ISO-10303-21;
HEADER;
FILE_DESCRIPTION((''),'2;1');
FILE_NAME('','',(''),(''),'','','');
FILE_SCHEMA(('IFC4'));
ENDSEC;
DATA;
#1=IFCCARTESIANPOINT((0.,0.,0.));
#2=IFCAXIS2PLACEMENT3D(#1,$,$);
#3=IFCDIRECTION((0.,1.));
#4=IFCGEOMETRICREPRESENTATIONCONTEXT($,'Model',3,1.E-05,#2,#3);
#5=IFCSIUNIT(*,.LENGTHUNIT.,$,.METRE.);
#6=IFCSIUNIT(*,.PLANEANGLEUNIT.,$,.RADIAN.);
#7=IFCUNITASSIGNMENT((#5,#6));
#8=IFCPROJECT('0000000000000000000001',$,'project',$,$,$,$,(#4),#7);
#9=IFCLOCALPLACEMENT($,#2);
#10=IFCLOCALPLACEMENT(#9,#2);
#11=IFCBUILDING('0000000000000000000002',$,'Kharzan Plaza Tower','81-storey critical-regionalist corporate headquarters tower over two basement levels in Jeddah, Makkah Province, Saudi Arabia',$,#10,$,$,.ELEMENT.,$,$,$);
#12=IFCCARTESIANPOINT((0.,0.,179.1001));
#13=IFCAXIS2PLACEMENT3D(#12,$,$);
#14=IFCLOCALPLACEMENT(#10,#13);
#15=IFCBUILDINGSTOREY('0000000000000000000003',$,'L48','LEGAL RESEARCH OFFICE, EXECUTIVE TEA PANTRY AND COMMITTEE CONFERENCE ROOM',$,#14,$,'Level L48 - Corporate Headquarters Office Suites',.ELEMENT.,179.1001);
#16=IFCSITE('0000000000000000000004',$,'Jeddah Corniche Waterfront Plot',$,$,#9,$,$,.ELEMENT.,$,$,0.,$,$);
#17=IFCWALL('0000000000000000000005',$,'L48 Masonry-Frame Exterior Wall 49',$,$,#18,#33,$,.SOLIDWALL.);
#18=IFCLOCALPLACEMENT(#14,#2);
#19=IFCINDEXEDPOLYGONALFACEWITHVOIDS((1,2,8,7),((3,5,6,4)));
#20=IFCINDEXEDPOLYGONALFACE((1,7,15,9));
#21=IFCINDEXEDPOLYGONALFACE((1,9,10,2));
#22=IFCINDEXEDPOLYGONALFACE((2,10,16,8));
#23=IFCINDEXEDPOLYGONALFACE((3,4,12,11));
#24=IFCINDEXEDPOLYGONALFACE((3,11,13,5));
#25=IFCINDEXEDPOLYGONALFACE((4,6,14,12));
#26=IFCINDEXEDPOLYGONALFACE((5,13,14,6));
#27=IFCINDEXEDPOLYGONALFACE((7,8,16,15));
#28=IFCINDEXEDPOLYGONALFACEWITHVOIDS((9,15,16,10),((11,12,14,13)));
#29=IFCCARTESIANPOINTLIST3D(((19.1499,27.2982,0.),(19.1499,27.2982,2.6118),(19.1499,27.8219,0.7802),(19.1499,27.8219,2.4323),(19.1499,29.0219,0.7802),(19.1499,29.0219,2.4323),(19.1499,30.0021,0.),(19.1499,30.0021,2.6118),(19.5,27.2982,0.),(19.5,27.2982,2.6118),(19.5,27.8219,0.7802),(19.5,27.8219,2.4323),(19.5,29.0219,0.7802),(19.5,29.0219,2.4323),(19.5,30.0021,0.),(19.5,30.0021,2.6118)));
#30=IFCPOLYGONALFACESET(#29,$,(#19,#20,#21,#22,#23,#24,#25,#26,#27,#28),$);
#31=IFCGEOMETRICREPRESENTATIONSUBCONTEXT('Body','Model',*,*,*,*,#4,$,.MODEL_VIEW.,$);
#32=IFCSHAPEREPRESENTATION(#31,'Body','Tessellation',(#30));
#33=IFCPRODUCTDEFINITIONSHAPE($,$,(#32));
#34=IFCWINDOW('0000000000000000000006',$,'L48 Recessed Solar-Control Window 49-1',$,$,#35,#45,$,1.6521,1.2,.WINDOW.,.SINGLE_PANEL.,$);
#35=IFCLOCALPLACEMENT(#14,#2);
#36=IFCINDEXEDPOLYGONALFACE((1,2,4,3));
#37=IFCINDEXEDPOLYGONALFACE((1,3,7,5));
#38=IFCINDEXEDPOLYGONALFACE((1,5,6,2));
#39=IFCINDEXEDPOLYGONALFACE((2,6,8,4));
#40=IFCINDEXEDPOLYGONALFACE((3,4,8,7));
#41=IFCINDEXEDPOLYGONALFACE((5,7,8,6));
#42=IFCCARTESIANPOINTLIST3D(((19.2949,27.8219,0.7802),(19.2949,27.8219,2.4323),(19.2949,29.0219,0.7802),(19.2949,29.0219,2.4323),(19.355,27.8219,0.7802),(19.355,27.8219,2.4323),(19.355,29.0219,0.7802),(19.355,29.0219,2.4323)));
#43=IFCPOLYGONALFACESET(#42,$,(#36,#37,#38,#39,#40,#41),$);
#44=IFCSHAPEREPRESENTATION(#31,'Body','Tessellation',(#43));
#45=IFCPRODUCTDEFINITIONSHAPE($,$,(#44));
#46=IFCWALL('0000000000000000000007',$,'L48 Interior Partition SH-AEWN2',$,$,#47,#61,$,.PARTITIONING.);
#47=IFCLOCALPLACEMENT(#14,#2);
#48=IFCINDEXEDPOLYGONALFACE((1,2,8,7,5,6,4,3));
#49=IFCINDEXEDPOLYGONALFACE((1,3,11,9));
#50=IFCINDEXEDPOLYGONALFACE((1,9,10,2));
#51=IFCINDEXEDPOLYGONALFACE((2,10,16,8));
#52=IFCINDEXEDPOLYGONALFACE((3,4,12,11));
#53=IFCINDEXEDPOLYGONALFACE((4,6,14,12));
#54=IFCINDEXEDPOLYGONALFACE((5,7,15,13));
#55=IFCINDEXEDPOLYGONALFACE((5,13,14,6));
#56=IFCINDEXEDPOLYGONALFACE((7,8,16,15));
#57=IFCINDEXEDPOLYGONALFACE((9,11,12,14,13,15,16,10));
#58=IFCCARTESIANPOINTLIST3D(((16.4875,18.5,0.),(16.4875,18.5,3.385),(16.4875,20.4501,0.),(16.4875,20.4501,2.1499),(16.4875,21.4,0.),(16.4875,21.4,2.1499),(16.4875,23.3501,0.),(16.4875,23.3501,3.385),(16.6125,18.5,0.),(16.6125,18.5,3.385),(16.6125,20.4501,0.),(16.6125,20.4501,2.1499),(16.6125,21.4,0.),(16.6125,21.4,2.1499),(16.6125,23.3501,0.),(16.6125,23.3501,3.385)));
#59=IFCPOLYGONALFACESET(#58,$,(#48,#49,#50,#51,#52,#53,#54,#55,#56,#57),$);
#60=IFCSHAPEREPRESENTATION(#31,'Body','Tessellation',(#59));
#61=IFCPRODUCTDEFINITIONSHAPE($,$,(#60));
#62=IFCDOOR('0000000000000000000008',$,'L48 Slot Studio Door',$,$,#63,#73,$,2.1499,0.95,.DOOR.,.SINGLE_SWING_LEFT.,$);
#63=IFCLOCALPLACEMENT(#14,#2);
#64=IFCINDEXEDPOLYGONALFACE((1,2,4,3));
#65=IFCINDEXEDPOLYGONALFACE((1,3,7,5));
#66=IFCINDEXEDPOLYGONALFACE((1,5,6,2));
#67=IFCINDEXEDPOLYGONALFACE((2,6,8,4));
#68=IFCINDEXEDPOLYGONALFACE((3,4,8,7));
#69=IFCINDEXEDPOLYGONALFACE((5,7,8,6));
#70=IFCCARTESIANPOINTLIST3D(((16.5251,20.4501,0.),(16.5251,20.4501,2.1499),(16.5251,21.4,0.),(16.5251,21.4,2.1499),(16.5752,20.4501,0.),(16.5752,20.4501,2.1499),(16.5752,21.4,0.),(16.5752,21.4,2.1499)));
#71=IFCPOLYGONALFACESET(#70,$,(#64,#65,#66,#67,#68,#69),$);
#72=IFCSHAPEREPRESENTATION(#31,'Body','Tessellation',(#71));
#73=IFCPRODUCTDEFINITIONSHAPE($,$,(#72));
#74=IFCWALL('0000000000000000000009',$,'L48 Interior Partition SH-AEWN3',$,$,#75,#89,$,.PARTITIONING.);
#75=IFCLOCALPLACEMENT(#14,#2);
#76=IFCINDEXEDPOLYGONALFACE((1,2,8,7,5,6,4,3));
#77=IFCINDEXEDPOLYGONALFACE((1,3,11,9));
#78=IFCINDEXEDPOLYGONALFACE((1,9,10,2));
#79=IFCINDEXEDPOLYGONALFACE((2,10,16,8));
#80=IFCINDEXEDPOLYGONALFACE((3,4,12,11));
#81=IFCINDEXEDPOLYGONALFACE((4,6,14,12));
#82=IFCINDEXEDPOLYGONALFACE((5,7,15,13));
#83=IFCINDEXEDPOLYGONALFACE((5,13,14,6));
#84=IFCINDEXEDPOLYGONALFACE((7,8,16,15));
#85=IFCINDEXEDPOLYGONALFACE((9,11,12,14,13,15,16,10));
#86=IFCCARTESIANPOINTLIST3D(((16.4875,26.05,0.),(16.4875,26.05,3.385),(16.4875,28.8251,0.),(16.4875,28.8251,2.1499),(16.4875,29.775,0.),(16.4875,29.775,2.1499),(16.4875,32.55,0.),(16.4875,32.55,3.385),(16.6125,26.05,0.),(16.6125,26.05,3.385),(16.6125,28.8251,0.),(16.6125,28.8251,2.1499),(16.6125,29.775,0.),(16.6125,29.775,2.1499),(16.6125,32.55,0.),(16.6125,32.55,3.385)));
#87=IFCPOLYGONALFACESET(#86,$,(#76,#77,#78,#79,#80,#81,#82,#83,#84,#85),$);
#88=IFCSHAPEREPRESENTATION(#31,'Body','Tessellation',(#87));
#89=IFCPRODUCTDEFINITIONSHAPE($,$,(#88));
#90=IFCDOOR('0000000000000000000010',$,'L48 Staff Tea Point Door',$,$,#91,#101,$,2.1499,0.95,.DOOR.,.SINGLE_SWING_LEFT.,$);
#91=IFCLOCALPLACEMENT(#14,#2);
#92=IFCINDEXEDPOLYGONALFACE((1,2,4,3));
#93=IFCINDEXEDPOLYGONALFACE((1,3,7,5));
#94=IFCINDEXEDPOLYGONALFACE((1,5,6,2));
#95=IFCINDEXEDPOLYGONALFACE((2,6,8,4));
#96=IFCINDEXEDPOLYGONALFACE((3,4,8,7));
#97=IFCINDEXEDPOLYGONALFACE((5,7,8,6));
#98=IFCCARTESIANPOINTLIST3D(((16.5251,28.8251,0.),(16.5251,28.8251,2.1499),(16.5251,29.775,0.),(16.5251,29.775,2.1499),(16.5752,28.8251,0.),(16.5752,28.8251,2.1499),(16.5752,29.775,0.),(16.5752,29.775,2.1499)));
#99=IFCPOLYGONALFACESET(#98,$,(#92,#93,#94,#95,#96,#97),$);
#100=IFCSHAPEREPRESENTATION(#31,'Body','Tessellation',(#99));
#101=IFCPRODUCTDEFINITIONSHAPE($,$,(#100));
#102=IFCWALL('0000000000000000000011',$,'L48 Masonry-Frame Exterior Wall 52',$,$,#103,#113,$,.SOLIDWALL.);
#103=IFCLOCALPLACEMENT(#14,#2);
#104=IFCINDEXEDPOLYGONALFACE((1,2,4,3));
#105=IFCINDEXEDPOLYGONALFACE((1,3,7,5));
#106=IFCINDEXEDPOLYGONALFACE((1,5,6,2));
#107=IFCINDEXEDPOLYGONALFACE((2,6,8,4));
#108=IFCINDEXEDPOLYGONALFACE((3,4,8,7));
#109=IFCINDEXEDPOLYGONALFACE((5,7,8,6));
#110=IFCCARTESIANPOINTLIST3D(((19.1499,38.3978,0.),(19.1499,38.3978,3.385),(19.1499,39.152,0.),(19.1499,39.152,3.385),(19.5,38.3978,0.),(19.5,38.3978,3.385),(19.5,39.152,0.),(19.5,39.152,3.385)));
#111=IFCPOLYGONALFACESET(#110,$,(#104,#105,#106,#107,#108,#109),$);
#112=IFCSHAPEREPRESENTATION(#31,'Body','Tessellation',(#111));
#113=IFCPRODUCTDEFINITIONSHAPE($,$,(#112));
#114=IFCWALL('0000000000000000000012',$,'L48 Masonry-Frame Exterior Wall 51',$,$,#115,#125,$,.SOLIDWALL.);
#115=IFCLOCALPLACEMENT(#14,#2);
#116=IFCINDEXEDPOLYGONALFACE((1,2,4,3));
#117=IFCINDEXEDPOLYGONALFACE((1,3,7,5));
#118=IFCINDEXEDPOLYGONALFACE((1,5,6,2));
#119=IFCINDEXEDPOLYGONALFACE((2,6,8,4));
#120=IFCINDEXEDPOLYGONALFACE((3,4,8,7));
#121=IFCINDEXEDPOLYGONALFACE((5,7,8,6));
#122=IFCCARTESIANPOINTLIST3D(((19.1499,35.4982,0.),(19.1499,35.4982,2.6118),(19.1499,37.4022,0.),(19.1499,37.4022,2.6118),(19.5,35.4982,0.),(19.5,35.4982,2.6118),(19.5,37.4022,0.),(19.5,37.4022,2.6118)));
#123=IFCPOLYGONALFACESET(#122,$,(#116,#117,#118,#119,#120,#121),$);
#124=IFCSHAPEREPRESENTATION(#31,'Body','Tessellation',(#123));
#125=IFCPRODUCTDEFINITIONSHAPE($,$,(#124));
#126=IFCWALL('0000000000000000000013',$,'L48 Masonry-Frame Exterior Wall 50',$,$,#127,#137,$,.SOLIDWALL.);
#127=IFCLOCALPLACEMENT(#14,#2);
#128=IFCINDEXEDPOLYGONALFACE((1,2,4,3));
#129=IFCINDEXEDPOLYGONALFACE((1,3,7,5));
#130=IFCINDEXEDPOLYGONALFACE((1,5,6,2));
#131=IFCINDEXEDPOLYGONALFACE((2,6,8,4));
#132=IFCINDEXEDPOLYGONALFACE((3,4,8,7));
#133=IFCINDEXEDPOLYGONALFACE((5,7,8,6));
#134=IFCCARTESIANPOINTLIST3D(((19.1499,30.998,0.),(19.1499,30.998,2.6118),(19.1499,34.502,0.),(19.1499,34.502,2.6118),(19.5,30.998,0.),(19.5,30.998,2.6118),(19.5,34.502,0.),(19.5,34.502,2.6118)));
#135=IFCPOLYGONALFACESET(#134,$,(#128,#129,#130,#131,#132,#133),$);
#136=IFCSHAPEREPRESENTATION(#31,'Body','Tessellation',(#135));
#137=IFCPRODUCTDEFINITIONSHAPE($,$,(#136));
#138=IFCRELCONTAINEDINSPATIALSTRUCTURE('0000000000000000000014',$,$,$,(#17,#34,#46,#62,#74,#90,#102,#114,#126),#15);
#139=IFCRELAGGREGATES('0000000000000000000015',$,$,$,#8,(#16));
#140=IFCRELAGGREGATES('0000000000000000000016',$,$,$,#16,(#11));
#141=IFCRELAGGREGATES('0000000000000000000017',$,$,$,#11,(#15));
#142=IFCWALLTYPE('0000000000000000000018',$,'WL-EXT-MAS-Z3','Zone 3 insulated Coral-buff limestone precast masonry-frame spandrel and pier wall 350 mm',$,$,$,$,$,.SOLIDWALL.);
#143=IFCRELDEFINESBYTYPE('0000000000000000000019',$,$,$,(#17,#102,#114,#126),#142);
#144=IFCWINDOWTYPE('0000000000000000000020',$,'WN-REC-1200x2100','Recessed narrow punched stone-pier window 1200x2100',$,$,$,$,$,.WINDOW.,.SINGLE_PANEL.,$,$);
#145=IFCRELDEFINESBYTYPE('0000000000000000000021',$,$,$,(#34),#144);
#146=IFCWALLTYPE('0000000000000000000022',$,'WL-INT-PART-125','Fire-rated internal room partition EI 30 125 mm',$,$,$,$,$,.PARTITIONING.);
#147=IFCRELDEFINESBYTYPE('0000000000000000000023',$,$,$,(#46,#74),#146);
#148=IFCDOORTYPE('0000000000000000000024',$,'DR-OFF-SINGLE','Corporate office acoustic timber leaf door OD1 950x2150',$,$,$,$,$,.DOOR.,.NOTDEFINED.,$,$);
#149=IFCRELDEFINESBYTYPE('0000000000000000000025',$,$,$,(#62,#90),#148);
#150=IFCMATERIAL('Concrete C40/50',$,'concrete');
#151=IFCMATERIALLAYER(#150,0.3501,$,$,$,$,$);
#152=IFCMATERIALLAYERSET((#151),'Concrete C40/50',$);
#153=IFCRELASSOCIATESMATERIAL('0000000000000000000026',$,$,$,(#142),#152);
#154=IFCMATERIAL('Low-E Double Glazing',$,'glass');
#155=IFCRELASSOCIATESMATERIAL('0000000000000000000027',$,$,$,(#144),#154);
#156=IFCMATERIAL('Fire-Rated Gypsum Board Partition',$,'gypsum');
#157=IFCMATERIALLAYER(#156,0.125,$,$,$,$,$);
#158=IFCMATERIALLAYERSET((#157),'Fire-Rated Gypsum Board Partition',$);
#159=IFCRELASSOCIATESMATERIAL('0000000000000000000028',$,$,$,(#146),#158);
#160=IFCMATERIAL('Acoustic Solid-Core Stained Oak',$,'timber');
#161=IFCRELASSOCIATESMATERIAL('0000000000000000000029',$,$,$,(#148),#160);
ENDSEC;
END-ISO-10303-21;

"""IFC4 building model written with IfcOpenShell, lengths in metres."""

from ifc_helpers import new_model, si_unit, direction, frame, frame_2d, origin, place, context, subcontext, project, spatial, rectangle, extrude, source, transform, mapped, material, layer, layer_set, type_object, element, fill, save


model = new_model("IFC4")

# Units and contexts
model_context = context("Model", 3, precision=1e-05, world=origin(), true_north=direction((0.0, 1.0)))
body_context = subcontext(model_context, "Body", "Model", "MODEL_VIEW")
ifc_project = project(units=[si_unit("LENGTHUNIT", "METRE"), si_unit("PLANEANGLEUNIT", "RADIAN")], contexts=[model_context])

# Site, building, storey
site_placement = place(None, origin())
site = spatial("IfcSite", under=ifc_project, at=site_placement, Name="Jeddah Corniche Waterfront Plot", CompositionType="ELEMENT", RefElevation=0.0)
building_placement = place(site_placement, origin())
building = spatial("IfcBuilding", under=site, at=building_placement, Name="Kharzan Plaza Tower", Description="81-storey critical-regionalist corporate headquarters tower over two basement levels in Jeddah, Makkah Province, Saudi Arabia", CompositionType="ELEMENT")
storey_placement = place(building_placement, frame((0.0, 0.0, 179.1001)))
storey = spatial("IfcBuildingStorey", under=building, at=storey_placement, Name="L48", Description="LEGAL RESEARCH OFFICE, EXECUTIVE TEA PANTRY AND COMMITTEE CONFERENCE ROOM", LongName="Level L48 - Corporate Headquarters Office Suites", CompositionType="ELEMENT", Elevation=179.1001)

# Wall, opening, window
ifc_material_1 = material(Name="Concrete C40/50", Category="concrete")
ifc_layer_1 = layer(ifc_material_1, 0.3501)
ifc_layer_set_1 = layer_set([ifc_layer_1], Name="Concrete C40/50")
wall_type_1 = type_object("IfcWallType", Name="WL-EXT-MAS-Z3", Description="Zone 3 insulated Coral-buff limestone precast masonry-frame spandrel and pier wall 350 mm", PredefinedType="SOLIDWALL", material=ifc_layer_set_1)
ifc_material_2 = material(Name="Low-E Double Glazing", Category="glass")
window_type_1 = type_object("IfcWindowType", Name="WN-REC-1200x2100", Description="Recessed narrow punched stone-pier window 1200x2100", PartitioningType="SINGLE_PANEL", PredefinedType="WINDOW", material=ifc_material_2)
shared_shape_1 = source(origin(), body_context, "Body", "SweptSolid", [
    extrude(rectangle(XDim=1.2, YDim=1.6521, at=frame_2d((0.6001, 0.8262))), frame((0.0, 0.03, 0.0), z_axis=(0.0, -1.0, 0.0), x_axis=(1.0, 0.0, 0.0)), (0.0, 0.0, 1.0), 0.0601),
])
wall_1_placement = place(storey_placement, frame((19.325, 27.2981, 0.0), z_axis=(0.0, 0.0, 1.0), x_axis=(0.0, 1.0, 0.0)))
wall_1 = element("IfcWall", 1, at=wall_1_placement, inside=storey, type_object=wall_type_1, Name="L48 Masonry-Frame Exterior Wall 49", PredefinedType="SOLIDWALL", context=body_context, shape_type="SweptSolid", body=[
    extrude(rectangle(XDim=2.7039, YDim=0.3501, at=frame_2d((1.3521, 0.0))), origin(), (0.0, 0.0, 1.0), 2.6118),
])
opening_1_placement = place(wall_1_placement, frame((0.5237, 0.0, 0.78)))
opening_1 = element("IfcOpeningElement", 2, at=opening_1_placement, cuts=wall_1, PredefinedType="OPENING", context=body_context, shape_type="SweptSolid", body=[
    extrude(rectangle(XDim=1.2, YDim=1.6521, at=frame_2d((0.6001, 0.8262))), frame((0.0, 0.1851, 0.0), z_axis=(0.0, -1.0, 0.0), x_axis=(1.0, 0.0, 0.0)), (0.0, 0.0, 1.0), 0.3701),
])
window_1_placement = place(opening_1_placement, origin())
window_1 = element("IfcWindow", 3, at=window_1_placement, inside=storey, type_object=window_type_1, Name="L48 Recessed Solar-Control Window 49-1", OverallHeight=1.6521, OverallWidth=1.2, PartitioningType="SINGLE_PANEL", PredefinedType="WINDOW", context=body_context, shape_type="MappedRepresentation", body=[
    mapped(shared_shape_1, transform((0.0, 0.0, 0.0), x_axis=(1.0, 0.0, 0.0), y_axis=(0.0, 1.0, 0.0), z_axis=(0.0, 0.0, 1.0))),
])
fill(opening_1, window_1)

# Walls, openings, doors
ifc_material_3 = material(Name="Fire-Rated Gypsum Board Partition", Category="gypsum")
ifc_layer_2 = layer(ifc_material_3, 0.125)
ifc_layer_set_2 = layer_set([ifc_layer_2], Name="Fire-Rated Gypsum Board Partition")
wall_type_2 = type_object("IfcWallType", Name="WL-INT-PART-125", Description="Fire-rated internal room partition EI 30 125 mm", PredefinedType="PARTITIONING", material=ifc_layer_set_2)
wall_2_placement = place(storey_placement, frame((16.55, 18.5, 0.0), z_axis=(0.0, 0.0, 1.0), x_axis=(0.0, 1.0, 0.0)))
wall_2 = element("IfcWall", 4, at=wall_2_placement, inside=storey, type_object=wall_type_2, Name="L48 Interior Partition SH-AEWN2", PredefinedType="PARTITIONING", context=body_context, shape_type="SweptSolid", body=[
    extrude(rectangle(XDim=4.8501, YDim=0.125, at=frame_2d((2.425, 0.0))), origin(), (0.0, 0.0, 1.0), 3.385),
])
opening_2_placement = place(wall_2_placement, frame((1.95, 0.0, 0.0)))
opening_2 = element("IfcOpeningElement", 5, at=opening_2_placement, cuts=wall_2, PredefinedType="OPENING", context=body_context, shape_type="SweptSolid", body=[
    extrude(rectangle(XDim=0.95, YDim=2.1499, at=frame_2d((0.4751, 1.075))), frame((0.0, 0.0725, 0.0), z_axis=(0.0, -1.0, 0.0), x_axis=(1.0, 0.0, 0.0)), (0.0, 0.0, 1.0), 0.145),
])
ifc_material_4 = material(Name="Acoustic Solid-Core Stained Oak", Category="timber")
door_type_1 = type_object("IfcDoorType", Name="DR-OFF-SINGLE", Description="Corporate office acoustic timber leaf door OD1 950x2150", OperationType="NOTDEFINED", PredefinedType="DOOR", material=ifc_material_4)
shared_shape_2 = source(origin(), body_context, "Body", "SweptSolid", [
    extrude(rectangle(XDim=0.95, YDim=2.1499, at=frame_2d((0.4751, 1.075))), frame((0.0, 0.0249, 0.0), z_axis=(0.0, -1.0, 0.0), x_axis=(1.0, 0.0, 0.0)), (0.0, 0.0, 1.0), 0.05),
])
door_1_placement = place(opening_2_placement, origin())
door_1 = element("IfcDoor", 6, at=door_1_placement, inside=storey, type_object=door_type_1, Name="L48 Slot Studio Door", OperationType="SINGLE_SWING_LEFT", OverallHeight=2.1499, OverallWidth=0.95, PredefinedType="DOOR", context=body_context, shape_type="MappedRepresentation", body=[
    mapped(shared_shape_2, transform((0.0, 0.0, 0.0), x_axis=(1.0, 0.0, 0.0), y_axis=(0.0, 1.0, 0.0), z_axis=(0.0, 0.0, 1.0))),
])
fill(opening_2, door_1)
wall_3_placement = place(storey_placement, frame((16.55, 26.05, 0.0), z_axis=(0.0, 0.0, 1.0), x_axis=(0.0, 1.0, 0.0)))
wall_3 = element("IfcWall", 7, at=wall_3_placement, inside=storey, type_object=wall_type_2, Name="L48 Interior Partition SH-AEWN3", PredefinedType="PARTITIONING", context=body_context, shape_type="SweptSolid", body=[
    extrude(rectangle(XDim=6.5, YDim=0.125, at=frame_2d((3.25, 0.0))), origin(), (0.0, 0.0, 1.0), 3.385),
])
opening_3_placement = place(wall_3_placement, frame((2.7749, 0.0, 0.0)))
opening_3 = element("IfcOpeningElement", 8, at=opening_3_placement, cuts=wall_3, PredefinedType="OPENING", context=body_context, shape_type="SweptSolid", body=[
    extrude(rectangle(XDim=0.95, YDim=2.1499, at=frame_2d((0.4751, 1.075))), frame((0.0, 0.0725, 0.0), z_axis=(0.0, -1.0, 0.0), x_axis=(1.0, 0.0, 0.0)), (0.0, 0.0, 1.0), 0.145),
])
door_2_placement = place(opening_3_placement, origin())
door_2 = element("IfcDoor", 9, at=door_2_placement, inside=storey, type_object=door_type_1, Name="L48 Staff Tea Point Door", OperationType="SINGLE_SWING_LEFT", OverallHeight=2.1499, OverallWidth=0.95, PredefinedType="DOOR", context=body_context, shape_type="MappedRepresentation", body=[
    mapped(shared_shape_2, transform((0.0, 0.0, 0.0), x_axis=(1.0, 0.0, 0.0), y_axis=(0.0, 1.0, 0.0), z_axis=(0.0, 0.0, 1.0))),
])
fill(opening_3, door_2)

# Walls
shared_shape_3 = source(origin(), body_context, "Body", "SweptSolid", [
    extrude(rectangle(XDim=0.7542, YDim=0.3501, at=frame_2d((0.377, 0.0))), origin(), (0.0, 0.0, 1.0), 3.385),
])
wall_4_placement = place(storey_placement, frame((19.325, 38.3979, 0.0), z_axis=(0.0, 0.0, 1.0), x_axis=(0.0, 1.0, 0.0)))
element("IfcWall", 10, at=wall_4_placement, inside=storey, type_object=wall_type_1, Name="L48 Masonry-Frame Exterior Wall 52", PredefinedType="SOLIDWALL", context=body_context, shape_type="MappedRepresentation", body=[
    mapped(shared_shape_3, transform((0.0, 0.0, 0.0), x_axis=(1.0, 0.0, 0.0), y_axis=(0.0, 1.0, 0.0), z_axis=(0.0, 0.0, 1.0))),
])
shared_shape_4 = source(origin(), body_context, "Body", "SweptSolid", [
    extrude(rectangle(XDim=1.9041, YDim=0.3501, at=frame_2d((0.9521, 0.0))), origin(), (0.0, 0.0, 1.0), 2.6118),
])
wall_5_placement = place(storey_placement, frame((19.325, 35.498, 0.0), z_axis=(0.0, 0.0, 1.0), x_axis=(0.0, 1.0, 0.0)))
element("IfcWall", 11, at=wall_5_placement, inside=storey, type_object=wall_type_1, Name="L48 Masonry-Frame Exterior Wall 51", PredefinedType="SOLIDWALL", context=body_context, shape_type="MappedRepresentation", body=[
    mapped(shared_shape_4, transform((0.0, 0.0, 0.0), x_axis=(1.0, 0.0, 0.0), y_axis=(0.0, 1.0, 0.0), z_axis=(0.0, 0.0, 1.0))),
])
shared_shape_5 = source(origin(), body_context, "Body", "SweptSolid", [
    extrude(rectangle(XDim=3.5039, YDim=0.3501, at=frame_2d((1.752, 0.0))), origin(), (0.0, 0.0, 1.0), 2.6118),
])
wall_6_placement = place(storey_placement, frame((19.325, 30.998, 0.0), z_axis=(0.0, 0.0, 1.0), x_axis=(0.0, 1.0, 0.0)))
element("IfcWall", 12, at=wall_6_placement, inside=storey, type_object=wall_type_1, Name="L48 Masonry-Frame Exterior Wall 50", PredefinedType="SOLIDWALL", context=body_context, shape_type="MappedRepresentation", body=[
    mapped(shared_shape_5, transform((0.0, 0.0, 0.0), x_axis=(1.0, 0.0, 0.0), y_axis=(0.0, 1.0, 0.0), z_axis=(0.0, 0.0, 1.0))),
])

save(model, "model.ifc")
